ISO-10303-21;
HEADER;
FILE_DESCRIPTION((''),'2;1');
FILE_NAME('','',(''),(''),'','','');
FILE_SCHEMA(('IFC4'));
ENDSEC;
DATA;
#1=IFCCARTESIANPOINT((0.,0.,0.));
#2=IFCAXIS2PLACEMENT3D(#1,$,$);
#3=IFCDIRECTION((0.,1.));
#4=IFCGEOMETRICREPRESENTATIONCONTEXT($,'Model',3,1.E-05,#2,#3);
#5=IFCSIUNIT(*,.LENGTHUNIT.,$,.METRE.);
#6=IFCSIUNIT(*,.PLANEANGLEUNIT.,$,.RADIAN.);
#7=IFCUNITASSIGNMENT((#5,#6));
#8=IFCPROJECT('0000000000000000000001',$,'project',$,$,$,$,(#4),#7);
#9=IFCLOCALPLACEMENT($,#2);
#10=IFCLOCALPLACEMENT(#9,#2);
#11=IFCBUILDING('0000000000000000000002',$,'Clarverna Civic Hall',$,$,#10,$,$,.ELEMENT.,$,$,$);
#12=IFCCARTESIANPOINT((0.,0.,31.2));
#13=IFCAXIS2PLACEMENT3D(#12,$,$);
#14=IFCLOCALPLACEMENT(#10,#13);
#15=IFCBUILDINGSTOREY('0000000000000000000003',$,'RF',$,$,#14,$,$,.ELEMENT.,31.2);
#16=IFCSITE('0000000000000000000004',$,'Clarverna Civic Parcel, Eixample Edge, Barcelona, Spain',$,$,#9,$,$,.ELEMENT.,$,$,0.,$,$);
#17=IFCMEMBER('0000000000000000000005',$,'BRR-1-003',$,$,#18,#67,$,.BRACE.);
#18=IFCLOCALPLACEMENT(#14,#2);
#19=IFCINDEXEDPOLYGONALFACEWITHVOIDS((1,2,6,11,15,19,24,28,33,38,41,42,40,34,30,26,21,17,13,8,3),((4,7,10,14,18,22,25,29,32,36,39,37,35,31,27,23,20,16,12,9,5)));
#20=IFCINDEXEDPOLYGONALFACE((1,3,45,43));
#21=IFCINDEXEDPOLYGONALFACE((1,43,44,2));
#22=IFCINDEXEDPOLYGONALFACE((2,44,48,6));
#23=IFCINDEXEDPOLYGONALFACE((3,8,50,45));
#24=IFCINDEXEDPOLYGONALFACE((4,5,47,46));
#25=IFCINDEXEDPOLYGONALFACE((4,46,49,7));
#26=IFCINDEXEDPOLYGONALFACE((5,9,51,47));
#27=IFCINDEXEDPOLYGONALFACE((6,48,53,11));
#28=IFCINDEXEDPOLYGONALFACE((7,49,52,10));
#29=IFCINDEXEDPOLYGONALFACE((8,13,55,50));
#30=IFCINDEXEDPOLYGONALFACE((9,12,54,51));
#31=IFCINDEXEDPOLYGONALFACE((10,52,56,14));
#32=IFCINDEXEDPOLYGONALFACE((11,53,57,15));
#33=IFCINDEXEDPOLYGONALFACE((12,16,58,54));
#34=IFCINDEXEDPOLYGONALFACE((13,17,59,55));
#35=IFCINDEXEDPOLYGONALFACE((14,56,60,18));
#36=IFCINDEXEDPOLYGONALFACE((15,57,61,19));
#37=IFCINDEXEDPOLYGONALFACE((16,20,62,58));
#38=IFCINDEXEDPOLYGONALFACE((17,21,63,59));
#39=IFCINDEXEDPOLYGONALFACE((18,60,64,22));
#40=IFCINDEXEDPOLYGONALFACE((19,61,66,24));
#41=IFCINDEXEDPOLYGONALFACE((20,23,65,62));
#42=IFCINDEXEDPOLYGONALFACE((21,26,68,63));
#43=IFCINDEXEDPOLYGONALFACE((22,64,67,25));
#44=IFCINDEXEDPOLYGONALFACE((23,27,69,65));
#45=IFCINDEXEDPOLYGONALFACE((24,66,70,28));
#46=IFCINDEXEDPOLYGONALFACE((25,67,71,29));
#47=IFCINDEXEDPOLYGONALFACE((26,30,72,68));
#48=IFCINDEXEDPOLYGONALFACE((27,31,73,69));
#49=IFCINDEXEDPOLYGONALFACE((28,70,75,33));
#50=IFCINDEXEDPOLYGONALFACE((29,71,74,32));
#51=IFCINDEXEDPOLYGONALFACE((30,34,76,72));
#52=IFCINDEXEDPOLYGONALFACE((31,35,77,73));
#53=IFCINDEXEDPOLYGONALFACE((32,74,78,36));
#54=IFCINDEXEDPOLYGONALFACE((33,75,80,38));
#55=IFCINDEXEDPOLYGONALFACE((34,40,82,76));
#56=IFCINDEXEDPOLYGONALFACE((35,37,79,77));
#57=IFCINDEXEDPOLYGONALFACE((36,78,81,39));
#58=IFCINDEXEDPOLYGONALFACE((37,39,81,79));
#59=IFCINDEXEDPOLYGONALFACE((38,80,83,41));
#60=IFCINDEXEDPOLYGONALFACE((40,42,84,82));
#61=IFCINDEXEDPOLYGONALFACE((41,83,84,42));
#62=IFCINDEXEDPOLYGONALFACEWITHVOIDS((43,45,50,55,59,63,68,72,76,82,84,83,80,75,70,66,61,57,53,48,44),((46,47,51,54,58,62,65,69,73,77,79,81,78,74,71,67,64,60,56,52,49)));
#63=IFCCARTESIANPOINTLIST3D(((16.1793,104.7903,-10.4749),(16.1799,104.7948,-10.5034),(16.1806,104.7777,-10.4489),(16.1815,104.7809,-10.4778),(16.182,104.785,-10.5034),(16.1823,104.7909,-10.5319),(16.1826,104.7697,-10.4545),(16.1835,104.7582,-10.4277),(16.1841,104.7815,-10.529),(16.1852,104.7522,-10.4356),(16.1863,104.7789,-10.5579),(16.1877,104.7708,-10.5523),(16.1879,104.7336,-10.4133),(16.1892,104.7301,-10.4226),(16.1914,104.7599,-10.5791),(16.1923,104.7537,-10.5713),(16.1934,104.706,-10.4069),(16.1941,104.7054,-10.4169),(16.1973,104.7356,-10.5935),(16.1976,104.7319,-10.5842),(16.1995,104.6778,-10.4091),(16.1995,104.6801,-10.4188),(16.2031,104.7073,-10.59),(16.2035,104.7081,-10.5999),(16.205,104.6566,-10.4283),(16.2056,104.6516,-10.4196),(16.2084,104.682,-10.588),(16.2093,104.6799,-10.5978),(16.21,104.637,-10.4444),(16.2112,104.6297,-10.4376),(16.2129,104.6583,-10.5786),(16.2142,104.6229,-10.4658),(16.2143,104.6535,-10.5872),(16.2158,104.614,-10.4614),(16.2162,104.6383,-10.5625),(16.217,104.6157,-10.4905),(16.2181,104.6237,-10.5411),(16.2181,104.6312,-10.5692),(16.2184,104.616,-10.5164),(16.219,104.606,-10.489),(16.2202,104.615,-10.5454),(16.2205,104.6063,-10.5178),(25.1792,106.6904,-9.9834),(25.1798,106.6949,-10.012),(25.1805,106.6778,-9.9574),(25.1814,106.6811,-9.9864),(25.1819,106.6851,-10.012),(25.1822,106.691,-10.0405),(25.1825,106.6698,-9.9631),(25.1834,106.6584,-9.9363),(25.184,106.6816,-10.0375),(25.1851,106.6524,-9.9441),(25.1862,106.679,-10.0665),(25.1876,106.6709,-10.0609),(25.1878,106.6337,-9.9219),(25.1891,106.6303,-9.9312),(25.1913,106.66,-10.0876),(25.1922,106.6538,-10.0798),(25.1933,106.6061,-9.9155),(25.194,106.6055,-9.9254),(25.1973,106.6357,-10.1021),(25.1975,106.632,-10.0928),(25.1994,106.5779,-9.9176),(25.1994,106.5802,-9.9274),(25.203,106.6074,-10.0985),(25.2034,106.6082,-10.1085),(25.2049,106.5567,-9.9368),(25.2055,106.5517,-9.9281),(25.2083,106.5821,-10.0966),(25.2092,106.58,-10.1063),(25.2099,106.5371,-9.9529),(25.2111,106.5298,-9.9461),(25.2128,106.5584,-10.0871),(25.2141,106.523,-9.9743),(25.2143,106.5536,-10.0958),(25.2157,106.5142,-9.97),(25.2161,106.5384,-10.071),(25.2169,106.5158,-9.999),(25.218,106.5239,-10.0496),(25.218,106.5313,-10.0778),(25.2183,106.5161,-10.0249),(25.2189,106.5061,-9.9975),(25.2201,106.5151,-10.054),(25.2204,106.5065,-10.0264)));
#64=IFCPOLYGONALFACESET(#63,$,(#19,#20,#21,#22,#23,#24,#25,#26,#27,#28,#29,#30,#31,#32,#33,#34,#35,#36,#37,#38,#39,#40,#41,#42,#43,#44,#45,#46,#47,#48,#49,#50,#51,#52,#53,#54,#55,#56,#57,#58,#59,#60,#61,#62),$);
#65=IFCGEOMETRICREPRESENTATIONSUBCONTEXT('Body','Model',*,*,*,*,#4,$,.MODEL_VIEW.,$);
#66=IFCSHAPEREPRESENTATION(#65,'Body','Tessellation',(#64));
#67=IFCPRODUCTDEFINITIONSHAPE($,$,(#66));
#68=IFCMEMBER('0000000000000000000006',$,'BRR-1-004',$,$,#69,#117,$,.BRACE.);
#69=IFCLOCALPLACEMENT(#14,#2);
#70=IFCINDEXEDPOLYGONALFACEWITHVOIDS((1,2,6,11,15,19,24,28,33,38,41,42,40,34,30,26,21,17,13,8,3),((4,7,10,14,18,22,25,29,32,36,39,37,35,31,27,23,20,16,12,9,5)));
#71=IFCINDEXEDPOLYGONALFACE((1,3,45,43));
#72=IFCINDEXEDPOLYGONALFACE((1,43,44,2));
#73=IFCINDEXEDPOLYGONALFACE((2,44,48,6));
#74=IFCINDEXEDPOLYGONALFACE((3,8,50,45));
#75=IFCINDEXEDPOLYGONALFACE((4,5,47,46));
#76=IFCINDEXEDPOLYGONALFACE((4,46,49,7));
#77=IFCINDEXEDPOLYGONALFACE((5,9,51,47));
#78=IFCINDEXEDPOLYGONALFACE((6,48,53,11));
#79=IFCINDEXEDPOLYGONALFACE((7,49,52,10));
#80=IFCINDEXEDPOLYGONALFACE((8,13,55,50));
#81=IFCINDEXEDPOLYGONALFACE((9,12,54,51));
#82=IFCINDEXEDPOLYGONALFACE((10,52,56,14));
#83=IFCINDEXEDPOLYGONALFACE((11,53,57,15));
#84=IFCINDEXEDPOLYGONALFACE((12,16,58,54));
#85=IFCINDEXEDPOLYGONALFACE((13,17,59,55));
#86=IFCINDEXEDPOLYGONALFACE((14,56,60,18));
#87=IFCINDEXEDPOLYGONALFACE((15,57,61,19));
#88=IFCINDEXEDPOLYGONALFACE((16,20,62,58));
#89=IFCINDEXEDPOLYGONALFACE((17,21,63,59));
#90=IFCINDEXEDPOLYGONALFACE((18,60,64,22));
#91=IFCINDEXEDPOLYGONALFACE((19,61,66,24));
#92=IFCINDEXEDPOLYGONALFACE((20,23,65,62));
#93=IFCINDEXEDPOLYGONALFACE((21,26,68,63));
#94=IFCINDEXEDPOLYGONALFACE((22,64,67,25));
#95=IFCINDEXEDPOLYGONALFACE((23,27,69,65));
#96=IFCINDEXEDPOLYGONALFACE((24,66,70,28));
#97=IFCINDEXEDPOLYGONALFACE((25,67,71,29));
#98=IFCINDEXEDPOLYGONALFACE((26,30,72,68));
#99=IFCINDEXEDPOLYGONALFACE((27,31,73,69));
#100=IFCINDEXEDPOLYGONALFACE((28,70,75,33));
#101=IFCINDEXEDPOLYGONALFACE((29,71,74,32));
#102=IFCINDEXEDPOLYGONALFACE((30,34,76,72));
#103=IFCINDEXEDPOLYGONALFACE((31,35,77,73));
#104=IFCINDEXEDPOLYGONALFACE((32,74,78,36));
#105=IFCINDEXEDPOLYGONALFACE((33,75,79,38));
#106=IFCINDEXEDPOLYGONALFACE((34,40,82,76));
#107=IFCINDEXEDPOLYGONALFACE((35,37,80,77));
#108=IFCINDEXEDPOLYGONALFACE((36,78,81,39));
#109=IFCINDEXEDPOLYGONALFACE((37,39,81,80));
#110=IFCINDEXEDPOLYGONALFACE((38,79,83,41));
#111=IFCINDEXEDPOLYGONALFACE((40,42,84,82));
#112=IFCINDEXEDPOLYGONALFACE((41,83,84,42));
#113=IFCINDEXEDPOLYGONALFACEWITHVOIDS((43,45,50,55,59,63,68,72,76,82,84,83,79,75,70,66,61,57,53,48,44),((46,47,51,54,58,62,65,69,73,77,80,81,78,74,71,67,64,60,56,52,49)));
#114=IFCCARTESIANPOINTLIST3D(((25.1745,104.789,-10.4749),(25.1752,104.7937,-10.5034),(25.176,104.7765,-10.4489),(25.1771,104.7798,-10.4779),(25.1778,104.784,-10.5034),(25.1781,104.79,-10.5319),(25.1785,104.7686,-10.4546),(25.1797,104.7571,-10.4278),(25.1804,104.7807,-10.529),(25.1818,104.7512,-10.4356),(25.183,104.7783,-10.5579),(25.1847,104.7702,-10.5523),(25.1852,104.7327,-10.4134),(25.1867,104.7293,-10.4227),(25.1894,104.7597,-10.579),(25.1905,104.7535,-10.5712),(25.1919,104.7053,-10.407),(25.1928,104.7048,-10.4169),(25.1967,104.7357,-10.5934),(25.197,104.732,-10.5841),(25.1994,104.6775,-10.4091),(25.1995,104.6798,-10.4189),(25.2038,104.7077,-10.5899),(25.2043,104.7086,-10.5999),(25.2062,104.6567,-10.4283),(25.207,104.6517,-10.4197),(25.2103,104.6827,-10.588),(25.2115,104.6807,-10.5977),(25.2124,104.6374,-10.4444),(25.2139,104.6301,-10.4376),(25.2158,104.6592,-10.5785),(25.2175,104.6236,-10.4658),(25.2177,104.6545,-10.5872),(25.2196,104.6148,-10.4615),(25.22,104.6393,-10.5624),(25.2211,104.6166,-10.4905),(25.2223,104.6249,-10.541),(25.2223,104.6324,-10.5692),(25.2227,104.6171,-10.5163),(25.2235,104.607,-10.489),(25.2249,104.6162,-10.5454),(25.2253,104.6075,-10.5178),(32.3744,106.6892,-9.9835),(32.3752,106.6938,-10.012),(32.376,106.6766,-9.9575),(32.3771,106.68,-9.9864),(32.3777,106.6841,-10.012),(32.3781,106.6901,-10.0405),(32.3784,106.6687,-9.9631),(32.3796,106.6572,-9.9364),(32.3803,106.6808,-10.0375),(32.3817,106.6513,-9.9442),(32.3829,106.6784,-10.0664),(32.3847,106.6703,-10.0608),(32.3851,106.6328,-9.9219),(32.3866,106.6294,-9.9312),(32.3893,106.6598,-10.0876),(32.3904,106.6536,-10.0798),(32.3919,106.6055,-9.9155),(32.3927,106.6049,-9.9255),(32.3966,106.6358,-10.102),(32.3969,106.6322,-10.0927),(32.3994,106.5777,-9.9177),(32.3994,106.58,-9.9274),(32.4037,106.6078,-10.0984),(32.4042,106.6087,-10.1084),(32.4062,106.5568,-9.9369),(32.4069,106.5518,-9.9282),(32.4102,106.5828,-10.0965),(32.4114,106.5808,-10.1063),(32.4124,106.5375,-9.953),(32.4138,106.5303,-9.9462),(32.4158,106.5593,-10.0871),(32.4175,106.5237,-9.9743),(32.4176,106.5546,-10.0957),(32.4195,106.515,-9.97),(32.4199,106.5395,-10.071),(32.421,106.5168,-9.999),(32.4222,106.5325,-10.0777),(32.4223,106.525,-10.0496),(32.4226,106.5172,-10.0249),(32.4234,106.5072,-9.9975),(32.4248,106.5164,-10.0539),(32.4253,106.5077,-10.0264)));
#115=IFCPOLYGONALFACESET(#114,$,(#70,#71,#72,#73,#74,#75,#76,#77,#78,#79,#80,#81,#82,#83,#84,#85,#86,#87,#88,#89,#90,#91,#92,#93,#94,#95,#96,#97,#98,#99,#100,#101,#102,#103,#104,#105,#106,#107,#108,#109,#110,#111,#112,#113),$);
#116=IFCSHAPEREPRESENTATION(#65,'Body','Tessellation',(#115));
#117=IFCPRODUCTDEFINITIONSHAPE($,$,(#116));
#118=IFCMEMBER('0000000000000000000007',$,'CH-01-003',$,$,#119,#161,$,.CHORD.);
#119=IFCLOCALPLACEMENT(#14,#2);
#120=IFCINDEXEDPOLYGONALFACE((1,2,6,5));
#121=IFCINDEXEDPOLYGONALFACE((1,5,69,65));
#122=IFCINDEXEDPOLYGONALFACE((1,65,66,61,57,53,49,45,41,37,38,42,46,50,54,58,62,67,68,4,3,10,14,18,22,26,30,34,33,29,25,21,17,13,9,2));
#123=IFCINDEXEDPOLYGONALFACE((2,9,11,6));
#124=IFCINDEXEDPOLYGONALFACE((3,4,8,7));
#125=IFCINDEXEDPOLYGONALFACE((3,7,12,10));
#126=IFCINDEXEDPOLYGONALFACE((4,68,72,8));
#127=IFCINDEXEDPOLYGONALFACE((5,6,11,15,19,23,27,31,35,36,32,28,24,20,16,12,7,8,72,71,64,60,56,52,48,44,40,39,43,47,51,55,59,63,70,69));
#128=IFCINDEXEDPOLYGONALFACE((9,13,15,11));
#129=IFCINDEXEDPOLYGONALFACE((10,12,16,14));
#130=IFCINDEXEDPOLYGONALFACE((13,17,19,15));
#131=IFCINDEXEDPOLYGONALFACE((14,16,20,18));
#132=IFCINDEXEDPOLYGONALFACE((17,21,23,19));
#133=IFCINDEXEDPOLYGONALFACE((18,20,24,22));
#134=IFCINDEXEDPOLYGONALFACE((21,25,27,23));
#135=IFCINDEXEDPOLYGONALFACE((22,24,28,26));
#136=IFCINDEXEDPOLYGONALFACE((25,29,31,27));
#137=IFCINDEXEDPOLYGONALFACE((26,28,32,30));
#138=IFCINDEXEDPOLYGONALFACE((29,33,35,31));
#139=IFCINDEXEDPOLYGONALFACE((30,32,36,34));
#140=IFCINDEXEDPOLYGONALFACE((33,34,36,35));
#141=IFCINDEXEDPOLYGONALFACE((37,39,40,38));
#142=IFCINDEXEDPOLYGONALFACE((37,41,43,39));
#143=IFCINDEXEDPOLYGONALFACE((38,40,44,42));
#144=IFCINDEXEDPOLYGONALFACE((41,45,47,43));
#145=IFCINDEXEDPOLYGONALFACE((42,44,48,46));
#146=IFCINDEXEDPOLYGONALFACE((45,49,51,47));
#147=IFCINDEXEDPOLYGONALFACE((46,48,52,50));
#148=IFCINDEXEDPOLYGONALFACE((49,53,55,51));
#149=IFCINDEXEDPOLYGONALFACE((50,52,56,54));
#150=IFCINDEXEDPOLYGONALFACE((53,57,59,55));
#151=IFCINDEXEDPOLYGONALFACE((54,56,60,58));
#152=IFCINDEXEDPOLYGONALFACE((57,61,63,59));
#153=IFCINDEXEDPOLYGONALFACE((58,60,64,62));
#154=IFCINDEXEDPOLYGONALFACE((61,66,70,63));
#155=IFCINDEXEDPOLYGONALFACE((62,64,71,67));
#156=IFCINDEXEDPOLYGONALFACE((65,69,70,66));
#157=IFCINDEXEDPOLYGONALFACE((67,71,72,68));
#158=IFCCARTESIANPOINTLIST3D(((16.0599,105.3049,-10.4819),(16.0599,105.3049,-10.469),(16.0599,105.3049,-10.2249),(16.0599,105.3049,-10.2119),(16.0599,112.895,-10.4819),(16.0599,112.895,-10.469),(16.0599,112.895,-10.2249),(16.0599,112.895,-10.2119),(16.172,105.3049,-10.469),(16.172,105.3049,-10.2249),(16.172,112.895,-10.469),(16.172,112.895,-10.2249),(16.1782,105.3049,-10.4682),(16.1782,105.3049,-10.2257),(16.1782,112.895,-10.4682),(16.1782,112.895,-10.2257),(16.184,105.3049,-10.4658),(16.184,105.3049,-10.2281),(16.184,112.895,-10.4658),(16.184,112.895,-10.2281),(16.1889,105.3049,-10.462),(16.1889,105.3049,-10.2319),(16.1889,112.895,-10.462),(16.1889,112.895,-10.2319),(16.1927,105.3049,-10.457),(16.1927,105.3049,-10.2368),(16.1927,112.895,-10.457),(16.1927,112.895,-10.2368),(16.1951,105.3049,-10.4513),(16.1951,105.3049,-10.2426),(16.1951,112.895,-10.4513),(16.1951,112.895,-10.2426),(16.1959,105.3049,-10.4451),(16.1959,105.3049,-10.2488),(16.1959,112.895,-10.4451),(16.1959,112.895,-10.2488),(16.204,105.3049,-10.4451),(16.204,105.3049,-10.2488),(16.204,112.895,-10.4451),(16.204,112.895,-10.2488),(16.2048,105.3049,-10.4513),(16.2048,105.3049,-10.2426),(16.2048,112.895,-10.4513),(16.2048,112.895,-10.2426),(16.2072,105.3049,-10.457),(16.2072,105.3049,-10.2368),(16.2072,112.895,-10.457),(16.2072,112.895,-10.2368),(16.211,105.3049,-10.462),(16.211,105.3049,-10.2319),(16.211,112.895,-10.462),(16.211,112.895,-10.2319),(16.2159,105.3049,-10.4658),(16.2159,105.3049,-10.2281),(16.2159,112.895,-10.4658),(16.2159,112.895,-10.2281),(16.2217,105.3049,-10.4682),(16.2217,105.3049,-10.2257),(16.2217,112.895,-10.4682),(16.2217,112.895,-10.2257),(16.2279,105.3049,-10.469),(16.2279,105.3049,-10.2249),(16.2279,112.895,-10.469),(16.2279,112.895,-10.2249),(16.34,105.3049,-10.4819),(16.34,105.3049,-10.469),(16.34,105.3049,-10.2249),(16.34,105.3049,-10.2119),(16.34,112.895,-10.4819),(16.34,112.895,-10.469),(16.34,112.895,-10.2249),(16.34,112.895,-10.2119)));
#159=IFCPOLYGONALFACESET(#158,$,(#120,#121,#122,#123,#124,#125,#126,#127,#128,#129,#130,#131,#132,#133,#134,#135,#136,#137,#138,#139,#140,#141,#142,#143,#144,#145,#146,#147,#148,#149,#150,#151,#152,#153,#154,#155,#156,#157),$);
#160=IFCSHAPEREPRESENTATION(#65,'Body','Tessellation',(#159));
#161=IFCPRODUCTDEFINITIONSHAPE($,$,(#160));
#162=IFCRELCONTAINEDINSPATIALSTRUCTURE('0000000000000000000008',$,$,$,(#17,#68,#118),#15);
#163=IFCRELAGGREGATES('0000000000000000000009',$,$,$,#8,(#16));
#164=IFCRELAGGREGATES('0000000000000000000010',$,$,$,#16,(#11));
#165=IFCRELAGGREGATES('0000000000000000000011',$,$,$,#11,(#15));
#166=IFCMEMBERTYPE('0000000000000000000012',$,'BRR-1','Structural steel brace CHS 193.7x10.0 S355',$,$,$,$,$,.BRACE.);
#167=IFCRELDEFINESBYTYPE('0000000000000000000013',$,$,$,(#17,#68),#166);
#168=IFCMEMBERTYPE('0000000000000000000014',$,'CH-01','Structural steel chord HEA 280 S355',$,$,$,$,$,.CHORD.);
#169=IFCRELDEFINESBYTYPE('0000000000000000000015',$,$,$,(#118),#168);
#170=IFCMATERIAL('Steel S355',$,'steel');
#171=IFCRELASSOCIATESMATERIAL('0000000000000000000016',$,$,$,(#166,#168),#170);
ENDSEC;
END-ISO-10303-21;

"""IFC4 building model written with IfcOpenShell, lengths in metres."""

from ifc_helpers import new_model, si_unit, direction, frame, origin, origin_2d, place, context, subcontext, project, spatial, hollow_circle, i_section, extrude, material, material_profile, profile_set, type_object, element, save


model = new_model("IFC4")

# Units and contexts
model_context = context("Model", 3, precision=1e-05, world=origin(), true_north=direction((0.0, 1.0)))
body_context = subcontext(model_context, "Body", "Model", "MODEL_VIEW")
ifc_project = project(units=[si_unit("LENGTHUNIT", "METRE"), si_unit("PLANEANGLEUNIT", "RADIAN")], contexts=[model_context])

# Site, building, storey
site_placement = place(None, origin())
site = spatial("IfcSite", under=ifc_project, at=site_placement, Name="Clarverna Civic Parcel, Eixample Edge, Barcelona, Spain", CompositionType="ELEMENT", RefElevation=0.0)
building_placement = place(site_placement, origin())
building = spatial("IfcBuilding", under=site, at=building_placement, Name="Clarverna Civic Hall", CompositionType="ELEMENT")
storey_placement = place(building_placement, frame((0.0, 0.0, 31.2)))
storey = spatial("IfcBuildingStorey", under=building, at=storey_placement, Name="RF", CompositionType="ELEMENT", Elevation=31.2)

# Members
ifc_material_1 = material(Name="Steel S355", Category="steel")
ifc_material_profile_1 = material_profile(ifc_material_1, hollow_circle(Radius=0.0969, WallThickness=0.01, at=origin_2d()), Name="CHS 193.7x10.0")
ifc_profile_set_1 = profile_set([ifc_material_profile_1], Name="Steel S355")
member_type_1 = type_object("IfcMemberType", Name="BRR-1", Description="Structural steel brace CHS 193.7x10.0 S355", PredefinedType="BRACE", material=ifc_profile_set_1)
member_1_placement = place(storey_placement, frame((16.2, 104.7, -10.5034), z_axis=(0.977038, 0.206279, 0.053352), x_axis=(-0.206574, 0.978431, 0.0)))
element("IfcMember", 1, at=member_1_placement, inside=storey, type_object=member_type_1, Name="BRR-1-003", PredefinedType="BRACE", context=body_context, shape_type="SweptSolid", body=[
    extrude(hollow_circle(Radius=0.0969, WallThickness=0.01, at=origin_2d()), origin(), (0.0, 0.0, 1.0), 9.2114),
])
member_2_placement = place(storey_placement, frame((25.2, 104.7, -10.5034), z_axis=(0.964796, 0.25462, 0.065855), x_axis=(-0.255174, 0.966895, 0.0)))
element("IfcMember", 2, at=member_2_placement, inside=storey, type_object=member_type_1, Name="BRR-1-004", PredefinedType="BRACE", context=body_context, shape_type="SweptSolid", body=[
    extrude(hollow_circle(Radius=0.0969, WallThickness=0.01, at=origin_2d()), origin(), (0.0, 0.0, 1.0), 7.4626),
])
ifc_material_profile_2 = material_profile(ifc_material_1, i_section(OverallWidth=0.28, OverallDepth=0.27, WebThickness=0.0081, FlangeThickness=0.0129, FilletRadius=0.0239, at=origin_2d()), Name="HEA 280")
ifc_profile_set_2 = profile_set([ifc_material_profile_2], Name="Steel S355")
member_type_2 = type_object("IfcMemberType", Name="CH-01", Description="Structural steel chord HEA 280 S355", PredefinedType="CHORD", material=ifc_profile_set_2)
for number, where, z_axis, x_axis, name in (
    (3, (16.2, 105.3049, -10.3469), (0.0, 1.0, 0.0), (-1.0, 0.0, 0.0), "CH-01-003"),
):
    element("IfcMember", number, at=place(storey_placement, frame(where, z_axis=z_axis, x_axis=x_axis)), inside=storey, type_object=member_type_2, Name=name, PredefinedType="CHORD", context=body_context, shape_type="SweptSolid", body=[
        extrude(i_section(OverallWidth=0.28, OverallDepth=0.27, WebThickness=0.0081, FlangeThickness=0.0129, FilletRadius=0.0239, at=origin_2d()), origin(), (0.0, 0.0, 1.0), 7.5901),
    ])

save(model, "model.ifc")
